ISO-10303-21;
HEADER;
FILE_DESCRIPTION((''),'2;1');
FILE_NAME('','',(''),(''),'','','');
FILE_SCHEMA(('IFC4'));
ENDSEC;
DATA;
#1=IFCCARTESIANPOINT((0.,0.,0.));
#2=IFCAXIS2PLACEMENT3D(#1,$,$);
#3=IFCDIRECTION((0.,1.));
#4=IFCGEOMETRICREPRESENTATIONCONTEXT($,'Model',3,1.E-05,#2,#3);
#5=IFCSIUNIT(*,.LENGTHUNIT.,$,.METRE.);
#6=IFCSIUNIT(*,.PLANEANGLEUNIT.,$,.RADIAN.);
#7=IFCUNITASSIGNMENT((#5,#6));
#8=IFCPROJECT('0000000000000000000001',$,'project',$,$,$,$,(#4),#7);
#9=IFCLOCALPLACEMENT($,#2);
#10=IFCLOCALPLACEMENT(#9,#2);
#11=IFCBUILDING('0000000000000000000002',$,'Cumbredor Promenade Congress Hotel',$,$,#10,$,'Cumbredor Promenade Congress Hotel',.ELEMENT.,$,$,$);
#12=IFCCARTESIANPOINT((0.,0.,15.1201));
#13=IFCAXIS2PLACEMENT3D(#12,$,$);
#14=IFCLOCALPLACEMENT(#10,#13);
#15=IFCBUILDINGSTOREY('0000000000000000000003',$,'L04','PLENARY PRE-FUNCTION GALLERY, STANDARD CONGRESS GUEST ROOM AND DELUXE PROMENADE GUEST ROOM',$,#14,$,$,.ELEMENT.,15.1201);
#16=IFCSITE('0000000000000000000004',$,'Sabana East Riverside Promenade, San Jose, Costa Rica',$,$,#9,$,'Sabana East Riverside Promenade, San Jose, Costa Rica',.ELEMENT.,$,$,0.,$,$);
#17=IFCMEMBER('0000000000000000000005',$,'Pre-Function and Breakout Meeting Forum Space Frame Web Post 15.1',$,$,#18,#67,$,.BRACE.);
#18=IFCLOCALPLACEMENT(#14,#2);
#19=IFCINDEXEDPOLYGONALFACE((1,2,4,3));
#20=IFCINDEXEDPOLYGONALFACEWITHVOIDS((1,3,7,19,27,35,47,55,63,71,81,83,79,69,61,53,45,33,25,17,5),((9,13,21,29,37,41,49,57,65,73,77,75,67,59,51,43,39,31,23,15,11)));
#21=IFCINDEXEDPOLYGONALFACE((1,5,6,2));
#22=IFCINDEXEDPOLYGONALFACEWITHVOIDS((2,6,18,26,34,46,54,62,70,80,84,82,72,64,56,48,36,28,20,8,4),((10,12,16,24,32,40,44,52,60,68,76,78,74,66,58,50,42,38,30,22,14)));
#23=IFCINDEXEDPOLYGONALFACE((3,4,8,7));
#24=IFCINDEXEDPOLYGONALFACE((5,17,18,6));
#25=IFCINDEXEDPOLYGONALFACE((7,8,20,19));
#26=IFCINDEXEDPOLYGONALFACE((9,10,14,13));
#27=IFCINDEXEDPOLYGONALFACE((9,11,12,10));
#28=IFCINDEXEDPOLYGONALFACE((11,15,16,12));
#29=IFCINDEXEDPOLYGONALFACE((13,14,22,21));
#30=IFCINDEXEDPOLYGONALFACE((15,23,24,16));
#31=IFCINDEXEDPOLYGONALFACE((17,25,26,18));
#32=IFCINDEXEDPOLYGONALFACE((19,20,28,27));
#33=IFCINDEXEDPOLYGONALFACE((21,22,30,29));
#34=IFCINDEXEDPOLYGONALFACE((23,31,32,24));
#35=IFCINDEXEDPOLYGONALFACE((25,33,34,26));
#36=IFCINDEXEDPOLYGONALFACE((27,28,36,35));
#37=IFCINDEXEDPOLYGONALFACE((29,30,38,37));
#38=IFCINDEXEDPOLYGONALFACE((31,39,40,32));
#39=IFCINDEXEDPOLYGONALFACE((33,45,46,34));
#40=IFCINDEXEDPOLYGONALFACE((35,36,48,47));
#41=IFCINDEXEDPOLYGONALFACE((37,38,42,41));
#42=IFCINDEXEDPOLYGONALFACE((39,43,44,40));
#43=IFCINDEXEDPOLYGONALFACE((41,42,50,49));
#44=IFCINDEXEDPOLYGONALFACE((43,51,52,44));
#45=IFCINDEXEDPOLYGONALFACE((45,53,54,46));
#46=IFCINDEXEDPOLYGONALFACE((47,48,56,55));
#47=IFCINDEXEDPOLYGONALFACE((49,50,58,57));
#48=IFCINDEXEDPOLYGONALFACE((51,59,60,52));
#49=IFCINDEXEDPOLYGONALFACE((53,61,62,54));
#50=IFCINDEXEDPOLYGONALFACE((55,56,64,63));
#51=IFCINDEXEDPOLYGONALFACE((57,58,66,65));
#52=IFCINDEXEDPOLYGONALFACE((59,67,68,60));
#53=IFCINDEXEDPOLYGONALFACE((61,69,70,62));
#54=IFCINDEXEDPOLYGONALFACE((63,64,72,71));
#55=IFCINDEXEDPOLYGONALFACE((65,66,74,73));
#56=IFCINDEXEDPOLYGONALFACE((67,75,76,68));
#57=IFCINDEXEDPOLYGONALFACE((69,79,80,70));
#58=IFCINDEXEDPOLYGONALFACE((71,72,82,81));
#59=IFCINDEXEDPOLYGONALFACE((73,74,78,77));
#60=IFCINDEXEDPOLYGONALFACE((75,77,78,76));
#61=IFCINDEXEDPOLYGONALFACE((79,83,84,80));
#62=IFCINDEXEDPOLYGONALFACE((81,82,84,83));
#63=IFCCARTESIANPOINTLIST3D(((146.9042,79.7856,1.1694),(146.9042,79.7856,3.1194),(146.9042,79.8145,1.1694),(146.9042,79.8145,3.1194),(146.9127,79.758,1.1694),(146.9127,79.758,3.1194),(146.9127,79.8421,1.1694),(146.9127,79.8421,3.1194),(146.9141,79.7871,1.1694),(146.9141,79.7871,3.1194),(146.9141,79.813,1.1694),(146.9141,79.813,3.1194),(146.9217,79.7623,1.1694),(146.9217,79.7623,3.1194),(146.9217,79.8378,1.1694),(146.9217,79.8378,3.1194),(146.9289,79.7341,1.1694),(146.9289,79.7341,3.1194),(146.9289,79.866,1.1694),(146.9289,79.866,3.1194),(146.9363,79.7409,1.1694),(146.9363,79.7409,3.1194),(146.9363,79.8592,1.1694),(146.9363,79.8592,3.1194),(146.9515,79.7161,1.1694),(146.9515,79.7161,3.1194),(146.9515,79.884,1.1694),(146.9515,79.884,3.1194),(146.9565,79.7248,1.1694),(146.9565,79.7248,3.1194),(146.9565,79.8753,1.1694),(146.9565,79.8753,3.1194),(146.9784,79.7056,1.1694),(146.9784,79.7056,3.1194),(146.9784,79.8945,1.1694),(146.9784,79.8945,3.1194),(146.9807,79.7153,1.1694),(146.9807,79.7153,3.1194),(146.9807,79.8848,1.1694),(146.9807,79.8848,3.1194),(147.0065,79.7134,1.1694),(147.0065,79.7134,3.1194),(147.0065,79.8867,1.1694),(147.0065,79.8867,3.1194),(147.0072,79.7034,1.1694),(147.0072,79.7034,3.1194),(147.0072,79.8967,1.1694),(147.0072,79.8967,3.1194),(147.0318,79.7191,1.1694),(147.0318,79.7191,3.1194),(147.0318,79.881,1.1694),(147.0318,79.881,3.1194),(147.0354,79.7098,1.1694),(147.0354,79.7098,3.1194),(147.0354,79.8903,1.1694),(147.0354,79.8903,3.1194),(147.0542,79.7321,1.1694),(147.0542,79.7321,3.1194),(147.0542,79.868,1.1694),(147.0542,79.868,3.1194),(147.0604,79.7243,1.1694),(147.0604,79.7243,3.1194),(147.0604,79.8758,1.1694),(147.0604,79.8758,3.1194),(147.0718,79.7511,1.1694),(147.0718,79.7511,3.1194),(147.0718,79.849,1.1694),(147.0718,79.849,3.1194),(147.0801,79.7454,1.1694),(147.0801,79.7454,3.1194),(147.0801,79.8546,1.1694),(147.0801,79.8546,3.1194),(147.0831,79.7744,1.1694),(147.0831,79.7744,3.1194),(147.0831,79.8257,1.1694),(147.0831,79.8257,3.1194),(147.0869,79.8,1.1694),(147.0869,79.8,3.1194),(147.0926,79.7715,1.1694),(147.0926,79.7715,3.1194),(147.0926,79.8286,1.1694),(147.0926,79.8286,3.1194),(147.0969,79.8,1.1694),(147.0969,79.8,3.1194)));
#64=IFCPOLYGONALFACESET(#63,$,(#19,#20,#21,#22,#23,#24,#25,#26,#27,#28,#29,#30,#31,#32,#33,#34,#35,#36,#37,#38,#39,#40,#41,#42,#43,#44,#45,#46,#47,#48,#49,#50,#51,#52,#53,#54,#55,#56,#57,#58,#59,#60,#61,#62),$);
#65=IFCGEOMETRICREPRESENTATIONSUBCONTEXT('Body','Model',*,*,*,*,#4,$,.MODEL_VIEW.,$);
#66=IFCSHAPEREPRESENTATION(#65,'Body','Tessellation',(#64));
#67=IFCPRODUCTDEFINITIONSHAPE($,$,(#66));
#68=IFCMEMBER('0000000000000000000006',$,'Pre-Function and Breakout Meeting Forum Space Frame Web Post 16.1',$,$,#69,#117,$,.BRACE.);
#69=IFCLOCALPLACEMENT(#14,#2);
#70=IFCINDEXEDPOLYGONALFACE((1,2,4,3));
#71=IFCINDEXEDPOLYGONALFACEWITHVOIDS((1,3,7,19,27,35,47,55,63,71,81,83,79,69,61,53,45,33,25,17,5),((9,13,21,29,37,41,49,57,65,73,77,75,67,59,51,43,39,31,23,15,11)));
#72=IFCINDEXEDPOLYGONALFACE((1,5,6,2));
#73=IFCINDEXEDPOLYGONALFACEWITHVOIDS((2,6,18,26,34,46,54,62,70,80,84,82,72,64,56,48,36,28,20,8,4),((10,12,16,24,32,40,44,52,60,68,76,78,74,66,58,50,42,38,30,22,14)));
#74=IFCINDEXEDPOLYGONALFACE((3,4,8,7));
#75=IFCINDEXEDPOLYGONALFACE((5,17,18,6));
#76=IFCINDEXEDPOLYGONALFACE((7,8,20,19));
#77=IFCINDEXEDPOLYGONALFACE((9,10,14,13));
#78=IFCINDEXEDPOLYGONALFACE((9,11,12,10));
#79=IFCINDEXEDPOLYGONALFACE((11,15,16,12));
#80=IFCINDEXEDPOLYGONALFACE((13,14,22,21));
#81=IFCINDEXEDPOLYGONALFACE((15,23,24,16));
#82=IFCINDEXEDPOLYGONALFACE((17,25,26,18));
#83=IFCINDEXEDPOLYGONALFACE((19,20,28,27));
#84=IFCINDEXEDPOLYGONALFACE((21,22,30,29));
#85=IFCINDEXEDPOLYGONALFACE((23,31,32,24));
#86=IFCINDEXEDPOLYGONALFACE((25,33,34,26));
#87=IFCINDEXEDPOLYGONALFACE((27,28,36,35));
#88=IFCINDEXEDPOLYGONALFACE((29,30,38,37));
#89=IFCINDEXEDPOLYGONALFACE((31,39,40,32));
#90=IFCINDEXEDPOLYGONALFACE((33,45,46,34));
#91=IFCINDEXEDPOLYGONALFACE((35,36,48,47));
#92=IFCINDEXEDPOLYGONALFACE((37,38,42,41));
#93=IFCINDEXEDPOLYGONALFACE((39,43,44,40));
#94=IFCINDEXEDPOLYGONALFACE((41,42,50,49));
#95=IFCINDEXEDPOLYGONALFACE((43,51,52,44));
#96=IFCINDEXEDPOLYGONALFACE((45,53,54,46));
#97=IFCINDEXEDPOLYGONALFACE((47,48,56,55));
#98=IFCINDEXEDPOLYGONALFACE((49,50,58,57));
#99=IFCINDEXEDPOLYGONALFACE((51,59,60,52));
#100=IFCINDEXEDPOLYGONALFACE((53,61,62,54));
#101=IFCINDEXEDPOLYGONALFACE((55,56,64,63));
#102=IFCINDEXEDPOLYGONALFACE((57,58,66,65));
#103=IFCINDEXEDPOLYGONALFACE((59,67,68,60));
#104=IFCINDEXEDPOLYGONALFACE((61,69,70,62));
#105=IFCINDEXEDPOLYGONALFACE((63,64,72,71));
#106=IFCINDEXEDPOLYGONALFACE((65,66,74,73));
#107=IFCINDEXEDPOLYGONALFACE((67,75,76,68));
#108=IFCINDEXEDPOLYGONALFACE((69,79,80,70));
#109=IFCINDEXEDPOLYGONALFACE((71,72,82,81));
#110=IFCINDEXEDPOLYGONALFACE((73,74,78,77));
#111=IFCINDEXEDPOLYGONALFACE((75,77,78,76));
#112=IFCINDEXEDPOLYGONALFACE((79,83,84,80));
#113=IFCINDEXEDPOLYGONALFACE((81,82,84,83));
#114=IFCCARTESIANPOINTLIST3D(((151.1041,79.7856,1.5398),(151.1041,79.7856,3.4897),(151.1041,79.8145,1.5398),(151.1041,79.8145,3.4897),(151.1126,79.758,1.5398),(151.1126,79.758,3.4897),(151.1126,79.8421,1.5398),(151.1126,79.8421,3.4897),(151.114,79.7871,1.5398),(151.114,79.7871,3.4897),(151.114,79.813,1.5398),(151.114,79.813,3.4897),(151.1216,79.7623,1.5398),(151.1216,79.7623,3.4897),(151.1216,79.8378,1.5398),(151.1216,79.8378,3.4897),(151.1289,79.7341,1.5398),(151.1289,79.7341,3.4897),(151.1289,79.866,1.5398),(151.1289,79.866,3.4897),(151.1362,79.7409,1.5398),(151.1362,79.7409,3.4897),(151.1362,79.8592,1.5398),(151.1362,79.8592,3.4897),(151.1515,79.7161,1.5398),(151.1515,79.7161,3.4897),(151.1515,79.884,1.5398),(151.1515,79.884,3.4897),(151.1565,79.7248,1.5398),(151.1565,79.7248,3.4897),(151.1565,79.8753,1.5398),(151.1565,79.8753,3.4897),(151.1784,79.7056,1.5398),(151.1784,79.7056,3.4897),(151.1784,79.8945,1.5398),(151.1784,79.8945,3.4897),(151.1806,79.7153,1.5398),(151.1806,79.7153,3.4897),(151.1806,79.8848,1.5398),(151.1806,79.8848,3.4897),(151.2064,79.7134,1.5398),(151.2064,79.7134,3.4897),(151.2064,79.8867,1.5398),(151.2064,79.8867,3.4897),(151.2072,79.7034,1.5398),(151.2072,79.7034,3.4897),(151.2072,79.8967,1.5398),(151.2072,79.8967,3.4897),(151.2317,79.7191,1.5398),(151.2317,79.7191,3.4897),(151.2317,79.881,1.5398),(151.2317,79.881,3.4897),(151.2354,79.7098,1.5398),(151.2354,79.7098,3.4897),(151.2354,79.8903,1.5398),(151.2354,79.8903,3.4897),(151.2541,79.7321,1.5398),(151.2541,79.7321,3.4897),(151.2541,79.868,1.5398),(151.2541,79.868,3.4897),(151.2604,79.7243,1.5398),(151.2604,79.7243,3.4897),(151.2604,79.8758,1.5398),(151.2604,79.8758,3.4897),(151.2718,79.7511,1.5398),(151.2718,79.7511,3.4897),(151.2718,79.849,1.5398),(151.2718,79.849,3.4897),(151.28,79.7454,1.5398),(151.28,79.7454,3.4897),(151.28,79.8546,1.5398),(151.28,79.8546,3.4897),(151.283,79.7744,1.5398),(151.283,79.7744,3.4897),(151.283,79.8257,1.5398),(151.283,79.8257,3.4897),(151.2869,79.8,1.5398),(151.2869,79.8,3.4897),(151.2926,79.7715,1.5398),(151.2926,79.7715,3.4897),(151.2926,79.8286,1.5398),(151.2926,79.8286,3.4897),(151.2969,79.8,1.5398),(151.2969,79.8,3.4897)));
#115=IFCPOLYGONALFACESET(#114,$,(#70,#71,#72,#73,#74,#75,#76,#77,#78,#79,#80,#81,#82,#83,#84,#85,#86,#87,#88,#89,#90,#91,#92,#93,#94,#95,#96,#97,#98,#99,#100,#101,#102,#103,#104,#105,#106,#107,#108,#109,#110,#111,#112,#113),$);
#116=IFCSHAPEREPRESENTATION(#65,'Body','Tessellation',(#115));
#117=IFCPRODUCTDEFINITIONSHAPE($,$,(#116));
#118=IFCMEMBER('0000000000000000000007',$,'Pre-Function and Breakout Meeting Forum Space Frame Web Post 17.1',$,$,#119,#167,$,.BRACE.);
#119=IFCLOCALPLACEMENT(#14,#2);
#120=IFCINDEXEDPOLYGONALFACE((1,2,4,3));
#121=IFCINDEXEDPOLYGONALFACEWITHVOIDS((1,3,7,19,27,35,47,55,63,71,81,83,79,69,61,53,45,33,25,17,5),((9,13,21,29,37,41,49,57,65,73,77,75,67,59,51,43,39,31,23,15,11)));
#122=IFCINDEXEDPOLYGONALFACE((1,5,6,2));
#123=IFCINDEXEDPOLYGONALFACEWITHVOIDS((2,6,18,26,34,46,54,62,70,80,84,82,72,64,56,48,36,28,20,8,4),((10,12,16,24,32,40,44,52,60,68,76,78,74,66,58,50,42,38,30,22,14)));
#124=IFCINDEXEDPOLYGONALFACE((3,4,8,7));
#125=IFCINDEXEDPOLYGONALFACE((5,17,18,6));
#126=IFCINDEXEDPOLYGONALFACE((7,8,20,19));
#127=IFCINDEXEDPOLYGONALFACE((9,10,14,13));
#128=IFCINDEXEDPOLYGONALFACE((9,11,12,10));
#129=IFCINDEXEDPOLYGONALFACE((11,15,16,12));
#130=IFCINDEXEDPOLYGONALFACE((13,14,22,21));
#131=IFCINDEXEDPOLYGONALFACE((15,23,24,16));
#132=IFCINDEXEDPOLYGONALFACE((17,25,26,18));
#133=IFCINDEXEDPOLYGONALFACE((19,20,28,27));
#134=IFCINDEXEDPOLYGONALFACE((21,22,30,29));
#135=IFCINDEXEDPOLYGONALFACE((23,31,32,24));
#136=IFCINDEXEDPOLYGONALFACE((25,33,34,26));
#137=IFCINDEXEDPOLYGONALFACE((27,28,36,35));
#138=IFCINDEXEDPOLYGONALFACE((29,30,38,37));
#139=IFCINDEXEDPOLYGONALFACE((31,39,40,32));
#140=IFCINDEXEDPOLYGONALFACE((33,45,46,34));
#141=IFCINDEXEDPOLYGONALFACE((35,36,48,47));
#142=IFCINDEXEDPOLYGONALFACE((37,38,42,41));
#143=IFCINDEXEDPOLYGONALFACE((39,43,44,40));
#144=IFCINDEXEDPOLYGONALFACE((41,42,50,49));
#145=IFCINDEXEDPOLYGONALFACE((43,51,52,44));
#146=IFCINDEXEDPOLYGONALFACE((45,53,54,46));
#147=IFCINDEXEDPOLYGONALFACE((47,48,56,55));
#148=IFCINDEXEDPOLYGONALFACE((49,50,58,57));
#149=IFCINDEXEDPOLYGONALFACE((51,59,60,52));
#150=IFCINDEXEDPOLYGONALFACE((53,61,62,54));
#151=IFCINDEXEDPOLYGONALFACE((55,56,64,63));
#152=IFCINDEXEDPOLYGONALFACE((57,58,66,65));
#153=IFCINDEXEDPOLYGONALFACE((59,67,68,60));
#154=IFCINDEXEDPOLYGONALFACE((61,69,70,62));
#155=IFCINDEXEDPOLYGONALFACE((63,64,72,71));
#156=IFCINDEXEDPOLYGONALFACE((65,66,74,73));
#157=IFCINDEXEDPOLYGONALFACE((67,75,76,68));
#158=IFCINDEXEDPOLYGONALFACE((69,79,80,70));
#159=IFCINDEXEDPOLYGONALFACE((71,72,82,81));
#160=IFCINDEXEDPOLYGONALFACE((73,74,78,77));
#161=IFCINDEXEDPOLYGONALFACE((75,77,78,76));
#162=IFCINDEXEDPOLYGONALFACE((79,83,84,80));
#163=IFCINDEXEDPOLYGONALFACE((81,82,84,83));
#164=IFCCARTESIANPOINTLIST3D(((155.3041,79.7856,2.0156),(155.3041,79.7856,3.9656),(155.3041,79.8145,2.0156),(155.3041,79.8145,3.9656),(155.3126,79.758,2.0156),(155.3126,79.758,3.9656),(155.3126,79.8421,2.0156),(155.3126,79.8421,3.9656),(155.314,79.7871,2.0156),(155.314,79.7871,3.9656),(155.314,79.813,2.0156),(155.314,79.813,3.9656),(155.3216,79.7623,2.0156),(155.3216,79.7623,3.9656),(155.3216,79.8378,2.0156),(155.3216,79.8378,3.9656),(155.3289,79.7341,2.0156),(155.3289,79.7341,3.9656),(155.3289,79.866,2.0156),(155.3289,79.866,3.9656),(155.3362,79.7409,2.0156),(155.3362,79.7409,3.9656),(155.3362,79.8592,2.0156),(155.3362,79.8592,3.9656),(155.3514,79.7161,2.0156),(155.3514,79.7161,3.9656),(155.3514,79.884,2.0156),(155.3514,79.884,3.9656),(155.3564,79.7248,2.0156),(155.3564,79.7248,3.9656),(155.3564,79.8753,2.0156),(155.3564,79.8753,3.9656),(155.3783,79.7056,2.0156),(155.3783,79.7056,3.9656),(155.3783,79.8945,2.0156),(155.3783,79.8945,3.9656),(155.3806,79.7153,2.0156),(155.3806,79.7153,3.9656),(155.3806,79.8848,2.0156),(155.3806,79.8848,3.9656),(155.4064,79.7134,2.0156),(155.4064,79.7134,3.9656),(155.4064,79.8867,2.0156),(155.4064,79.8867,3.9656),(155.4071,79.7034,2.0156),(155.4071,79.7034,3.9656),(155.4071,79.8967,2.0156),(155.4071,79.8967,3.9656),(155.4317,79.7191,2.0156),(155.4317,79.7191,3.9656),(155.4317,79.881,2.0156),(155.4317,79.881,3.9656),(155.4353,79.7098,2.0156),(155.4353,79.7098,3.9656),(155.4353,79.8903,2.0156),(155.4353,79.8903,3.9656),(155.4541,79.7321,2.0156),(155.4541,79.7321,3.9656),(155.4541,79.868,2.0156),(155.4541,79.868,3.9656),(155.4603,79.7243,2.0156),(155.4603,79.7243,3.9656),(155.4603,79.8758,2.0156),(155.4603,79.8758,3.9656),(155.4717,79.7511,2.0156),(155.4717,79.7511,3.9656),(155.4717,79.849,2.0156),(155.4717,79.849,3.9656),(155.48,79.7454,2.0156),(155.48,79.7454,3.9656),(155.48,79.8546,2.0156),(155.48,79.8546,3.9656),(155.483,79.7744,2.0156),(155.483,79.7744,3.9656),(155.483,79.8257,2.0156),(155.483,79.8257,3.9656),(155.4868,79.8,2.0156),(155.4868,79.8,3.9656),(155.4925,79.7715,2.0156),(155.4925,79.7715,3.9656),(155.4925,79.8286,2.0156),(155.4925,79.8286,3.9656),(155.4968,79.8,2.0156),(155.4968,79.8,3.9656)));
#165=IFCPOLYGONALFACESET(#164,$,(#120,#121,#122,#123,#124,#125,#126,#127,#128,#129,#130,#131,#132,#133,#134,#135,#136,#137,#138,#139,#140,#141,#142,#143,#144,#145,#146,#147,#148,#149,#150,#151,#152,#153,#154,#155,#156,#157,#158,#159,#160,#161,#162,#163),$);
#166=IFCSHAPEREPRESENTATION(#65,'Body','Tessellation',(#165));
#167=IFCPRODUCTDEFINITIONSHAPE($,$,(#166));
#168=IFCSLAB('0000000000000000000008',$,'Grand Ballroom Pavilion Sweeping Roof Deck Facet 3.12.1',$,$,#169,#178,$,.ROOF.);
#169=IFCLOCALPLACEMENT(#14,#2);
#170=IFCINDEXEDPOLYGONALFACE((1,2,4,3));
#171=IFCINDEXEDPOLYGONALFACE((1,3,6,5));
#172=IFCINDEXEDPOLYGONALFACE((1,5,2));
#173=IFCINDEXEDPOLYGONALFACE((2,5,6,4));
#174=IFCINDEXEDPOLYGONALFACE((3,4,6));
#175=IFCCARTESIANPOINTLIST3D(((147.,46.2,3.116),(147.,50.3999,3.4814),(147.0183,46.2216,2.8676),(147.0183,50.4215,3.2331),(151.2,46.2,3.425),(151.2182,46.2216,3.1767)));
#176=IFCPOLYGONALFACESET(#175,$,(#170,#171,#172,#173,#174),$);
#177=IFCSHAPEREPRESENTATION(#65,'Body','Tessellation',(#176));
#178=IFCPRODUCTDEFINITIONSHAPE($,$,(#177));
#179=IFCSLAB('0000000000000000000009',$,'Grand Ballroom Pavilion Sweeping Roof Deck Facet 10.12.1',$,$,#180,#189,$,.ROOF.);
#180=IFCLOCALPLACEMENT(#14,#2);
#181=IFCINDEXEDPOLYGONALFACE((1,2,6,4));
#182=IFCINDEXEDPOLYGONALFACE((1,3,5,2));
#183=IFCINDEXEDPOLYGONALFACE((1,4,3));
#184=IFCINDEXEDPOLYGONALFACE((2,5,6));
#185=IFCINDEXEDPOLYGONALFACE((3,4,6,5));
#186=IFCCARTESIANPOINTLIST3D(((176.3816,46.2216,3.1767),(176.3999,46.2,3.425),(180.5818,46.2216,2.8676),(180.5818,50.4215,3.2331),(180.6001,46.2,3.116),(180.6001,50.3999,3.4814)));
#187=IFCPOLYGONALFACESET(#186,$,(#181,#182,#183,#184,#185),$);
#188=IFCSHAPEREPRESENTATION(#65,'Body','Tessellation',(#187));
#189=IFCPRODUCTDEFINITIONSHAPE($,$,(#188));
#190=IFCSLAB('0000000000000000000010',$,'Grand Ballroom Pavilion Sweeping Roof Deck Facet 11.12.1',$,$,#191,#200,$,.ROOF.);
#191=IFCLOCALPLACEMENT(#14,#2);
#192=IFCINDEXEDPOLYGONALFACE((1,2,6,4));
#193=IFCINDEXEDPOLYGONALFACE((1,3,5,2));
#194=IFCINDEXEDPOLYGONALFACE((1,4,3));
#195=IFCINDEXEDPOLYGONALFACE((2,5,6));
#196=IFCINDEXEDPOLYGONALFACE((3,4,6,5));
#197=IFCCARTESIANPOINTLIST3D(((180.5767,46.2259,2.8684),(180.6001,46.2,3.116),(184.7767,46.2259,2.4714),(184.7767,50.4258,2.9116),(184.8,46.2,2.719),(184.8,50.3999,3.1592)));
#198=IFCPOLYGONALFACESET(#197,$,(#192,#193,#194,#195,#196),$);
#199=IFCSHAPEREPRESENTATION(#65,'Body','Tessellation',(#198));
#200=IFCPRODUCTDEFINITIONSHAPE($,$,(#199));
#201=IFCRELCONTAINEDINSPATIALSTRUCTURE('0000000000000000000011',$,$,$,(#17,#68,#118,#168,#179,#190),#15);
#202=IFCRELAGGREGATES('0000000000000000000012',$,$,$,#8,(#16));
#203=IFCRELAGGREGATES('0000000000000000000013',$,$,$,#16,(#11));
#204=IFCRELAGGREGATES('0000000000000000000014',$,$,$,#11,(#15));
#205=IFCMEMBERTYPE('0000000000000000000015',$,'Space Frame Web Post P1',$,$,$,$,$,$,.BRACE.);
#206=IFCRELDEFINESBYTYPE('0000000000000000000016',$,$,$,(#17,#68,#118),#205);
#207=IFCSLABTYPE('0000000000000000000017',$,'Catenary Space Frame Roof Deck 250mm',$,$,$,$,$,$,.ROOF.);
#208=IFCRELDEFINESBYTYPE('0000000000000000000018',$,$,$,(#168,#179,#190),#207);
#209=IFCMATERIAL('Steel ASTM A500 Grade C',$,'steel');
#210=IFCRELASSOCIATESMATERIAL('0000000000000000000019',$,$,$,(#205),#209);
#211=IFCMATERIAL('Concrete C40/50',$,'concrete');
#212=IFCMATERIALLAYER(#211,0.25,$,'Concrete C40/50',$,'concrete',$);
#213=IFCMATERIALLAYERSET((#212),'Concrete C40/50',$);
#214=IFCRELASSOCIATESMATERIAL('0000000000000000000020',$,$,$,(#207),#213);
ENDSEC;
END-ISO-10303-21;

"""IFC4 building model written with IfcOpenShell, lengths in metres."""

from ifc_helpers import new_model, si_unit, direction, frame, origin, origin_2d, place, context, subcontext, project, spatial, polyline, hollow_circle, outline, extrude, material, layer, layer_set, material_profile, profile_set, type_object, element, save


model = new_model("IFC4")

# Units and contexts
model_context = context("Model", 3, precision=1e-05, world=origin(), true_north=direction((0.0, 1.0)))
body_context = subcontext(model_context, "Body", "Model", "MODEL_VIEW")
ifc_project = project(units=[si_unit("LENGTHUNIT", "METRE"), si_unit("PLANEANGLEUNIT", "RADIAN")], contexts=[model_context])

# Site, building, storey
site_placement = place(None, origin())
site = spatial("IfcSite", under=ifc_project, at=site_placement, Name="Sabana East Riverside Promenade, San Jose, Costa Rica", LongName="Sabana East Riverside Promenade, San Jose, Costa Rica", CompositionType="ELEMENT", RefElevation=0.0)
building_placement = place(site_placement, origin())
building = spatial("IfcBuilding", under=site, at=building_placement, Name="Cumbredor Promenade Congress Hotel", LongName="Cumbredor Promenade Congress Hotel", CompositionType="ELEMENT")
storey_placement = place(building_placement, frame((0.0, 0.0, 15.1201)))
storey = spatial("IfcBuildingStorey", under=building, at=storey_placement, Name="L04", Description="PLENARY PRE-FUNCTION GALLERY, STANDARD CONGRESS GUEST ROOM AND DELUXE PROMENADE GUEST ROOM", CompositionType="ELEMENT", Elevation=15.1201)

# Members
ifc_material_1 = material(Name="Steel ASTM A500 Grade C", Category="steel")
ifc_material_profile_1 = material_profile(ifc_material_1, hollow_circle(Radius=0.0969, WallThickness=0.01, at=origin_2d()), Name="CHS 193.7x10")
ifc_profile_set_1 = profile_set([ifc_material_profile_1], Name="Steel ASTM A500 Grade C")
member_type_1 = type_object("IfcMemberType", Name="Space Frame Web Post P1", PredefinedType="BRACE", material=ifc_profile_set_1)
for number, where, z_axis, x_axis, name in (
    (1, (147.0, 79.8, 1.1694), (0.0, 0.0, 1.0), (1.0, 0.0, 0.0), "Pre-Function and Breakout Meeting Forum Space Frame Web Post 15.1"),
    (2, (151.2, 79.8, 1.5398), (0.0, 0.0, 1.0), (1.0, 0.0, 0.0), "Pre-Function and Breakout Meeting Forum Space Frame Web Post 16.1"),
    (3, (155.3999, 79.8, 2.0156), (0.0, 0.0, 1.0), (1.0, 0.0, 0.0), "Pre-Function and Breakout Meeting Forum Space Frame Web Post 17.1"),
):
    element("IfcMember", number, at=place(storey_placement, frame(where, z_axis=z_axis, x_axis=x_axis)), inside=storey, type_object=member_type_1, Name=name, PredefinedType="BRACE", context=body_context, shape_type="SweptSolid", body=[
        extrude(hollow_circle(Radius=0.0969, WallThickness=0.01, at=origin_2d()), origin(), (0.0, 0.0, 1.0), 1.95),
    ])

# Slabs
ifc_material_2 = material(Name="Concrete C40/50", Category="concrete")
ifc_layer_1 = layer(ifc_material_2, 0.25, Name="Concrete C40/50", Category="concrete")
ifc_layer_set_1 = layer_set([ifc_layer_1], Name="Concrete C40/50")
slab_type = type_object("IfcSlabType", Name="Catenary Space Frame Roof Deck 250mm", PredefinedType="ROOF", material=ifc_layer_set_1)
slab_1_placement = place(storey_placement, frame((147.0, 46.2, 3.116), z_axis=(-0.073119, -0.08646, 0.993568), x_axis=(0.997303, 0.0, 0.073393)))
element("IfcSlab", 4, at=slab_1_placement, inside=storey, type_object=slab_type, Name="Grand Ballroom Pavilion Sweeping Roof Deck Facet 3.12.1", PredefinedType="ROOF", context=body_context, shape_type="SweptSolid", body=[
    extrude(outline(polyline([(0.0, 0.0), (4.2113, 0.0), (0.0268, 4.2157), (0.0, 0.0)])), origin(), (0.0, 0.0, -1.0), 0.25),
])
slab_2_placement = place(storey_placement, frame((176.3999, 46.2, 3.425), z_axis=(0.073114, -0.08646, 0.993569), x_axis=(0.997303, 0.0, -0.073389)))
element("IfcSlab", 5, at=slab_2_placement, inside=storey, type_object=slab_type, Name="Grand Ballroom Pavilion Sweeping Roof Deck Facet 10.12.1", PredefinedType="ROOF", context=body_context, shape_type="SweptSolid", body=[
    extrude(outline(polyline([(0.0, 0.0), (4.2116, 0.0), (4.1847, 4.2157), (0.0, 0.0)])), origin(), (0.0, 0.0, -1.0), 0.25),
])
slab_3_placement = place(storey_placement, frame((180.6001, 46.2, 3.116), z_axis=(0.093591, -0.103779, 0.990187), x_axis=(0.995563, 0.0, -0.094099)))
element("IfcSlab", 6, at=slab_3_placement, inside=storey, type_object=slab_type, Name="Grand Ballroom Pavilion Sweeping Roof Deck Facet 11.12.1", PredefinedType="ROOF", context=body_context, shape_type="SweptSolid", body=[
    extrude(outline(polyline([(0.0, 0.0), (4.2187, 0.0), (4.1772, 4.2228), (0.0, 0.0)])), origin(), (0.0, 0.0, -1.0), 0.25),
])

save(model, "model.ifc")
